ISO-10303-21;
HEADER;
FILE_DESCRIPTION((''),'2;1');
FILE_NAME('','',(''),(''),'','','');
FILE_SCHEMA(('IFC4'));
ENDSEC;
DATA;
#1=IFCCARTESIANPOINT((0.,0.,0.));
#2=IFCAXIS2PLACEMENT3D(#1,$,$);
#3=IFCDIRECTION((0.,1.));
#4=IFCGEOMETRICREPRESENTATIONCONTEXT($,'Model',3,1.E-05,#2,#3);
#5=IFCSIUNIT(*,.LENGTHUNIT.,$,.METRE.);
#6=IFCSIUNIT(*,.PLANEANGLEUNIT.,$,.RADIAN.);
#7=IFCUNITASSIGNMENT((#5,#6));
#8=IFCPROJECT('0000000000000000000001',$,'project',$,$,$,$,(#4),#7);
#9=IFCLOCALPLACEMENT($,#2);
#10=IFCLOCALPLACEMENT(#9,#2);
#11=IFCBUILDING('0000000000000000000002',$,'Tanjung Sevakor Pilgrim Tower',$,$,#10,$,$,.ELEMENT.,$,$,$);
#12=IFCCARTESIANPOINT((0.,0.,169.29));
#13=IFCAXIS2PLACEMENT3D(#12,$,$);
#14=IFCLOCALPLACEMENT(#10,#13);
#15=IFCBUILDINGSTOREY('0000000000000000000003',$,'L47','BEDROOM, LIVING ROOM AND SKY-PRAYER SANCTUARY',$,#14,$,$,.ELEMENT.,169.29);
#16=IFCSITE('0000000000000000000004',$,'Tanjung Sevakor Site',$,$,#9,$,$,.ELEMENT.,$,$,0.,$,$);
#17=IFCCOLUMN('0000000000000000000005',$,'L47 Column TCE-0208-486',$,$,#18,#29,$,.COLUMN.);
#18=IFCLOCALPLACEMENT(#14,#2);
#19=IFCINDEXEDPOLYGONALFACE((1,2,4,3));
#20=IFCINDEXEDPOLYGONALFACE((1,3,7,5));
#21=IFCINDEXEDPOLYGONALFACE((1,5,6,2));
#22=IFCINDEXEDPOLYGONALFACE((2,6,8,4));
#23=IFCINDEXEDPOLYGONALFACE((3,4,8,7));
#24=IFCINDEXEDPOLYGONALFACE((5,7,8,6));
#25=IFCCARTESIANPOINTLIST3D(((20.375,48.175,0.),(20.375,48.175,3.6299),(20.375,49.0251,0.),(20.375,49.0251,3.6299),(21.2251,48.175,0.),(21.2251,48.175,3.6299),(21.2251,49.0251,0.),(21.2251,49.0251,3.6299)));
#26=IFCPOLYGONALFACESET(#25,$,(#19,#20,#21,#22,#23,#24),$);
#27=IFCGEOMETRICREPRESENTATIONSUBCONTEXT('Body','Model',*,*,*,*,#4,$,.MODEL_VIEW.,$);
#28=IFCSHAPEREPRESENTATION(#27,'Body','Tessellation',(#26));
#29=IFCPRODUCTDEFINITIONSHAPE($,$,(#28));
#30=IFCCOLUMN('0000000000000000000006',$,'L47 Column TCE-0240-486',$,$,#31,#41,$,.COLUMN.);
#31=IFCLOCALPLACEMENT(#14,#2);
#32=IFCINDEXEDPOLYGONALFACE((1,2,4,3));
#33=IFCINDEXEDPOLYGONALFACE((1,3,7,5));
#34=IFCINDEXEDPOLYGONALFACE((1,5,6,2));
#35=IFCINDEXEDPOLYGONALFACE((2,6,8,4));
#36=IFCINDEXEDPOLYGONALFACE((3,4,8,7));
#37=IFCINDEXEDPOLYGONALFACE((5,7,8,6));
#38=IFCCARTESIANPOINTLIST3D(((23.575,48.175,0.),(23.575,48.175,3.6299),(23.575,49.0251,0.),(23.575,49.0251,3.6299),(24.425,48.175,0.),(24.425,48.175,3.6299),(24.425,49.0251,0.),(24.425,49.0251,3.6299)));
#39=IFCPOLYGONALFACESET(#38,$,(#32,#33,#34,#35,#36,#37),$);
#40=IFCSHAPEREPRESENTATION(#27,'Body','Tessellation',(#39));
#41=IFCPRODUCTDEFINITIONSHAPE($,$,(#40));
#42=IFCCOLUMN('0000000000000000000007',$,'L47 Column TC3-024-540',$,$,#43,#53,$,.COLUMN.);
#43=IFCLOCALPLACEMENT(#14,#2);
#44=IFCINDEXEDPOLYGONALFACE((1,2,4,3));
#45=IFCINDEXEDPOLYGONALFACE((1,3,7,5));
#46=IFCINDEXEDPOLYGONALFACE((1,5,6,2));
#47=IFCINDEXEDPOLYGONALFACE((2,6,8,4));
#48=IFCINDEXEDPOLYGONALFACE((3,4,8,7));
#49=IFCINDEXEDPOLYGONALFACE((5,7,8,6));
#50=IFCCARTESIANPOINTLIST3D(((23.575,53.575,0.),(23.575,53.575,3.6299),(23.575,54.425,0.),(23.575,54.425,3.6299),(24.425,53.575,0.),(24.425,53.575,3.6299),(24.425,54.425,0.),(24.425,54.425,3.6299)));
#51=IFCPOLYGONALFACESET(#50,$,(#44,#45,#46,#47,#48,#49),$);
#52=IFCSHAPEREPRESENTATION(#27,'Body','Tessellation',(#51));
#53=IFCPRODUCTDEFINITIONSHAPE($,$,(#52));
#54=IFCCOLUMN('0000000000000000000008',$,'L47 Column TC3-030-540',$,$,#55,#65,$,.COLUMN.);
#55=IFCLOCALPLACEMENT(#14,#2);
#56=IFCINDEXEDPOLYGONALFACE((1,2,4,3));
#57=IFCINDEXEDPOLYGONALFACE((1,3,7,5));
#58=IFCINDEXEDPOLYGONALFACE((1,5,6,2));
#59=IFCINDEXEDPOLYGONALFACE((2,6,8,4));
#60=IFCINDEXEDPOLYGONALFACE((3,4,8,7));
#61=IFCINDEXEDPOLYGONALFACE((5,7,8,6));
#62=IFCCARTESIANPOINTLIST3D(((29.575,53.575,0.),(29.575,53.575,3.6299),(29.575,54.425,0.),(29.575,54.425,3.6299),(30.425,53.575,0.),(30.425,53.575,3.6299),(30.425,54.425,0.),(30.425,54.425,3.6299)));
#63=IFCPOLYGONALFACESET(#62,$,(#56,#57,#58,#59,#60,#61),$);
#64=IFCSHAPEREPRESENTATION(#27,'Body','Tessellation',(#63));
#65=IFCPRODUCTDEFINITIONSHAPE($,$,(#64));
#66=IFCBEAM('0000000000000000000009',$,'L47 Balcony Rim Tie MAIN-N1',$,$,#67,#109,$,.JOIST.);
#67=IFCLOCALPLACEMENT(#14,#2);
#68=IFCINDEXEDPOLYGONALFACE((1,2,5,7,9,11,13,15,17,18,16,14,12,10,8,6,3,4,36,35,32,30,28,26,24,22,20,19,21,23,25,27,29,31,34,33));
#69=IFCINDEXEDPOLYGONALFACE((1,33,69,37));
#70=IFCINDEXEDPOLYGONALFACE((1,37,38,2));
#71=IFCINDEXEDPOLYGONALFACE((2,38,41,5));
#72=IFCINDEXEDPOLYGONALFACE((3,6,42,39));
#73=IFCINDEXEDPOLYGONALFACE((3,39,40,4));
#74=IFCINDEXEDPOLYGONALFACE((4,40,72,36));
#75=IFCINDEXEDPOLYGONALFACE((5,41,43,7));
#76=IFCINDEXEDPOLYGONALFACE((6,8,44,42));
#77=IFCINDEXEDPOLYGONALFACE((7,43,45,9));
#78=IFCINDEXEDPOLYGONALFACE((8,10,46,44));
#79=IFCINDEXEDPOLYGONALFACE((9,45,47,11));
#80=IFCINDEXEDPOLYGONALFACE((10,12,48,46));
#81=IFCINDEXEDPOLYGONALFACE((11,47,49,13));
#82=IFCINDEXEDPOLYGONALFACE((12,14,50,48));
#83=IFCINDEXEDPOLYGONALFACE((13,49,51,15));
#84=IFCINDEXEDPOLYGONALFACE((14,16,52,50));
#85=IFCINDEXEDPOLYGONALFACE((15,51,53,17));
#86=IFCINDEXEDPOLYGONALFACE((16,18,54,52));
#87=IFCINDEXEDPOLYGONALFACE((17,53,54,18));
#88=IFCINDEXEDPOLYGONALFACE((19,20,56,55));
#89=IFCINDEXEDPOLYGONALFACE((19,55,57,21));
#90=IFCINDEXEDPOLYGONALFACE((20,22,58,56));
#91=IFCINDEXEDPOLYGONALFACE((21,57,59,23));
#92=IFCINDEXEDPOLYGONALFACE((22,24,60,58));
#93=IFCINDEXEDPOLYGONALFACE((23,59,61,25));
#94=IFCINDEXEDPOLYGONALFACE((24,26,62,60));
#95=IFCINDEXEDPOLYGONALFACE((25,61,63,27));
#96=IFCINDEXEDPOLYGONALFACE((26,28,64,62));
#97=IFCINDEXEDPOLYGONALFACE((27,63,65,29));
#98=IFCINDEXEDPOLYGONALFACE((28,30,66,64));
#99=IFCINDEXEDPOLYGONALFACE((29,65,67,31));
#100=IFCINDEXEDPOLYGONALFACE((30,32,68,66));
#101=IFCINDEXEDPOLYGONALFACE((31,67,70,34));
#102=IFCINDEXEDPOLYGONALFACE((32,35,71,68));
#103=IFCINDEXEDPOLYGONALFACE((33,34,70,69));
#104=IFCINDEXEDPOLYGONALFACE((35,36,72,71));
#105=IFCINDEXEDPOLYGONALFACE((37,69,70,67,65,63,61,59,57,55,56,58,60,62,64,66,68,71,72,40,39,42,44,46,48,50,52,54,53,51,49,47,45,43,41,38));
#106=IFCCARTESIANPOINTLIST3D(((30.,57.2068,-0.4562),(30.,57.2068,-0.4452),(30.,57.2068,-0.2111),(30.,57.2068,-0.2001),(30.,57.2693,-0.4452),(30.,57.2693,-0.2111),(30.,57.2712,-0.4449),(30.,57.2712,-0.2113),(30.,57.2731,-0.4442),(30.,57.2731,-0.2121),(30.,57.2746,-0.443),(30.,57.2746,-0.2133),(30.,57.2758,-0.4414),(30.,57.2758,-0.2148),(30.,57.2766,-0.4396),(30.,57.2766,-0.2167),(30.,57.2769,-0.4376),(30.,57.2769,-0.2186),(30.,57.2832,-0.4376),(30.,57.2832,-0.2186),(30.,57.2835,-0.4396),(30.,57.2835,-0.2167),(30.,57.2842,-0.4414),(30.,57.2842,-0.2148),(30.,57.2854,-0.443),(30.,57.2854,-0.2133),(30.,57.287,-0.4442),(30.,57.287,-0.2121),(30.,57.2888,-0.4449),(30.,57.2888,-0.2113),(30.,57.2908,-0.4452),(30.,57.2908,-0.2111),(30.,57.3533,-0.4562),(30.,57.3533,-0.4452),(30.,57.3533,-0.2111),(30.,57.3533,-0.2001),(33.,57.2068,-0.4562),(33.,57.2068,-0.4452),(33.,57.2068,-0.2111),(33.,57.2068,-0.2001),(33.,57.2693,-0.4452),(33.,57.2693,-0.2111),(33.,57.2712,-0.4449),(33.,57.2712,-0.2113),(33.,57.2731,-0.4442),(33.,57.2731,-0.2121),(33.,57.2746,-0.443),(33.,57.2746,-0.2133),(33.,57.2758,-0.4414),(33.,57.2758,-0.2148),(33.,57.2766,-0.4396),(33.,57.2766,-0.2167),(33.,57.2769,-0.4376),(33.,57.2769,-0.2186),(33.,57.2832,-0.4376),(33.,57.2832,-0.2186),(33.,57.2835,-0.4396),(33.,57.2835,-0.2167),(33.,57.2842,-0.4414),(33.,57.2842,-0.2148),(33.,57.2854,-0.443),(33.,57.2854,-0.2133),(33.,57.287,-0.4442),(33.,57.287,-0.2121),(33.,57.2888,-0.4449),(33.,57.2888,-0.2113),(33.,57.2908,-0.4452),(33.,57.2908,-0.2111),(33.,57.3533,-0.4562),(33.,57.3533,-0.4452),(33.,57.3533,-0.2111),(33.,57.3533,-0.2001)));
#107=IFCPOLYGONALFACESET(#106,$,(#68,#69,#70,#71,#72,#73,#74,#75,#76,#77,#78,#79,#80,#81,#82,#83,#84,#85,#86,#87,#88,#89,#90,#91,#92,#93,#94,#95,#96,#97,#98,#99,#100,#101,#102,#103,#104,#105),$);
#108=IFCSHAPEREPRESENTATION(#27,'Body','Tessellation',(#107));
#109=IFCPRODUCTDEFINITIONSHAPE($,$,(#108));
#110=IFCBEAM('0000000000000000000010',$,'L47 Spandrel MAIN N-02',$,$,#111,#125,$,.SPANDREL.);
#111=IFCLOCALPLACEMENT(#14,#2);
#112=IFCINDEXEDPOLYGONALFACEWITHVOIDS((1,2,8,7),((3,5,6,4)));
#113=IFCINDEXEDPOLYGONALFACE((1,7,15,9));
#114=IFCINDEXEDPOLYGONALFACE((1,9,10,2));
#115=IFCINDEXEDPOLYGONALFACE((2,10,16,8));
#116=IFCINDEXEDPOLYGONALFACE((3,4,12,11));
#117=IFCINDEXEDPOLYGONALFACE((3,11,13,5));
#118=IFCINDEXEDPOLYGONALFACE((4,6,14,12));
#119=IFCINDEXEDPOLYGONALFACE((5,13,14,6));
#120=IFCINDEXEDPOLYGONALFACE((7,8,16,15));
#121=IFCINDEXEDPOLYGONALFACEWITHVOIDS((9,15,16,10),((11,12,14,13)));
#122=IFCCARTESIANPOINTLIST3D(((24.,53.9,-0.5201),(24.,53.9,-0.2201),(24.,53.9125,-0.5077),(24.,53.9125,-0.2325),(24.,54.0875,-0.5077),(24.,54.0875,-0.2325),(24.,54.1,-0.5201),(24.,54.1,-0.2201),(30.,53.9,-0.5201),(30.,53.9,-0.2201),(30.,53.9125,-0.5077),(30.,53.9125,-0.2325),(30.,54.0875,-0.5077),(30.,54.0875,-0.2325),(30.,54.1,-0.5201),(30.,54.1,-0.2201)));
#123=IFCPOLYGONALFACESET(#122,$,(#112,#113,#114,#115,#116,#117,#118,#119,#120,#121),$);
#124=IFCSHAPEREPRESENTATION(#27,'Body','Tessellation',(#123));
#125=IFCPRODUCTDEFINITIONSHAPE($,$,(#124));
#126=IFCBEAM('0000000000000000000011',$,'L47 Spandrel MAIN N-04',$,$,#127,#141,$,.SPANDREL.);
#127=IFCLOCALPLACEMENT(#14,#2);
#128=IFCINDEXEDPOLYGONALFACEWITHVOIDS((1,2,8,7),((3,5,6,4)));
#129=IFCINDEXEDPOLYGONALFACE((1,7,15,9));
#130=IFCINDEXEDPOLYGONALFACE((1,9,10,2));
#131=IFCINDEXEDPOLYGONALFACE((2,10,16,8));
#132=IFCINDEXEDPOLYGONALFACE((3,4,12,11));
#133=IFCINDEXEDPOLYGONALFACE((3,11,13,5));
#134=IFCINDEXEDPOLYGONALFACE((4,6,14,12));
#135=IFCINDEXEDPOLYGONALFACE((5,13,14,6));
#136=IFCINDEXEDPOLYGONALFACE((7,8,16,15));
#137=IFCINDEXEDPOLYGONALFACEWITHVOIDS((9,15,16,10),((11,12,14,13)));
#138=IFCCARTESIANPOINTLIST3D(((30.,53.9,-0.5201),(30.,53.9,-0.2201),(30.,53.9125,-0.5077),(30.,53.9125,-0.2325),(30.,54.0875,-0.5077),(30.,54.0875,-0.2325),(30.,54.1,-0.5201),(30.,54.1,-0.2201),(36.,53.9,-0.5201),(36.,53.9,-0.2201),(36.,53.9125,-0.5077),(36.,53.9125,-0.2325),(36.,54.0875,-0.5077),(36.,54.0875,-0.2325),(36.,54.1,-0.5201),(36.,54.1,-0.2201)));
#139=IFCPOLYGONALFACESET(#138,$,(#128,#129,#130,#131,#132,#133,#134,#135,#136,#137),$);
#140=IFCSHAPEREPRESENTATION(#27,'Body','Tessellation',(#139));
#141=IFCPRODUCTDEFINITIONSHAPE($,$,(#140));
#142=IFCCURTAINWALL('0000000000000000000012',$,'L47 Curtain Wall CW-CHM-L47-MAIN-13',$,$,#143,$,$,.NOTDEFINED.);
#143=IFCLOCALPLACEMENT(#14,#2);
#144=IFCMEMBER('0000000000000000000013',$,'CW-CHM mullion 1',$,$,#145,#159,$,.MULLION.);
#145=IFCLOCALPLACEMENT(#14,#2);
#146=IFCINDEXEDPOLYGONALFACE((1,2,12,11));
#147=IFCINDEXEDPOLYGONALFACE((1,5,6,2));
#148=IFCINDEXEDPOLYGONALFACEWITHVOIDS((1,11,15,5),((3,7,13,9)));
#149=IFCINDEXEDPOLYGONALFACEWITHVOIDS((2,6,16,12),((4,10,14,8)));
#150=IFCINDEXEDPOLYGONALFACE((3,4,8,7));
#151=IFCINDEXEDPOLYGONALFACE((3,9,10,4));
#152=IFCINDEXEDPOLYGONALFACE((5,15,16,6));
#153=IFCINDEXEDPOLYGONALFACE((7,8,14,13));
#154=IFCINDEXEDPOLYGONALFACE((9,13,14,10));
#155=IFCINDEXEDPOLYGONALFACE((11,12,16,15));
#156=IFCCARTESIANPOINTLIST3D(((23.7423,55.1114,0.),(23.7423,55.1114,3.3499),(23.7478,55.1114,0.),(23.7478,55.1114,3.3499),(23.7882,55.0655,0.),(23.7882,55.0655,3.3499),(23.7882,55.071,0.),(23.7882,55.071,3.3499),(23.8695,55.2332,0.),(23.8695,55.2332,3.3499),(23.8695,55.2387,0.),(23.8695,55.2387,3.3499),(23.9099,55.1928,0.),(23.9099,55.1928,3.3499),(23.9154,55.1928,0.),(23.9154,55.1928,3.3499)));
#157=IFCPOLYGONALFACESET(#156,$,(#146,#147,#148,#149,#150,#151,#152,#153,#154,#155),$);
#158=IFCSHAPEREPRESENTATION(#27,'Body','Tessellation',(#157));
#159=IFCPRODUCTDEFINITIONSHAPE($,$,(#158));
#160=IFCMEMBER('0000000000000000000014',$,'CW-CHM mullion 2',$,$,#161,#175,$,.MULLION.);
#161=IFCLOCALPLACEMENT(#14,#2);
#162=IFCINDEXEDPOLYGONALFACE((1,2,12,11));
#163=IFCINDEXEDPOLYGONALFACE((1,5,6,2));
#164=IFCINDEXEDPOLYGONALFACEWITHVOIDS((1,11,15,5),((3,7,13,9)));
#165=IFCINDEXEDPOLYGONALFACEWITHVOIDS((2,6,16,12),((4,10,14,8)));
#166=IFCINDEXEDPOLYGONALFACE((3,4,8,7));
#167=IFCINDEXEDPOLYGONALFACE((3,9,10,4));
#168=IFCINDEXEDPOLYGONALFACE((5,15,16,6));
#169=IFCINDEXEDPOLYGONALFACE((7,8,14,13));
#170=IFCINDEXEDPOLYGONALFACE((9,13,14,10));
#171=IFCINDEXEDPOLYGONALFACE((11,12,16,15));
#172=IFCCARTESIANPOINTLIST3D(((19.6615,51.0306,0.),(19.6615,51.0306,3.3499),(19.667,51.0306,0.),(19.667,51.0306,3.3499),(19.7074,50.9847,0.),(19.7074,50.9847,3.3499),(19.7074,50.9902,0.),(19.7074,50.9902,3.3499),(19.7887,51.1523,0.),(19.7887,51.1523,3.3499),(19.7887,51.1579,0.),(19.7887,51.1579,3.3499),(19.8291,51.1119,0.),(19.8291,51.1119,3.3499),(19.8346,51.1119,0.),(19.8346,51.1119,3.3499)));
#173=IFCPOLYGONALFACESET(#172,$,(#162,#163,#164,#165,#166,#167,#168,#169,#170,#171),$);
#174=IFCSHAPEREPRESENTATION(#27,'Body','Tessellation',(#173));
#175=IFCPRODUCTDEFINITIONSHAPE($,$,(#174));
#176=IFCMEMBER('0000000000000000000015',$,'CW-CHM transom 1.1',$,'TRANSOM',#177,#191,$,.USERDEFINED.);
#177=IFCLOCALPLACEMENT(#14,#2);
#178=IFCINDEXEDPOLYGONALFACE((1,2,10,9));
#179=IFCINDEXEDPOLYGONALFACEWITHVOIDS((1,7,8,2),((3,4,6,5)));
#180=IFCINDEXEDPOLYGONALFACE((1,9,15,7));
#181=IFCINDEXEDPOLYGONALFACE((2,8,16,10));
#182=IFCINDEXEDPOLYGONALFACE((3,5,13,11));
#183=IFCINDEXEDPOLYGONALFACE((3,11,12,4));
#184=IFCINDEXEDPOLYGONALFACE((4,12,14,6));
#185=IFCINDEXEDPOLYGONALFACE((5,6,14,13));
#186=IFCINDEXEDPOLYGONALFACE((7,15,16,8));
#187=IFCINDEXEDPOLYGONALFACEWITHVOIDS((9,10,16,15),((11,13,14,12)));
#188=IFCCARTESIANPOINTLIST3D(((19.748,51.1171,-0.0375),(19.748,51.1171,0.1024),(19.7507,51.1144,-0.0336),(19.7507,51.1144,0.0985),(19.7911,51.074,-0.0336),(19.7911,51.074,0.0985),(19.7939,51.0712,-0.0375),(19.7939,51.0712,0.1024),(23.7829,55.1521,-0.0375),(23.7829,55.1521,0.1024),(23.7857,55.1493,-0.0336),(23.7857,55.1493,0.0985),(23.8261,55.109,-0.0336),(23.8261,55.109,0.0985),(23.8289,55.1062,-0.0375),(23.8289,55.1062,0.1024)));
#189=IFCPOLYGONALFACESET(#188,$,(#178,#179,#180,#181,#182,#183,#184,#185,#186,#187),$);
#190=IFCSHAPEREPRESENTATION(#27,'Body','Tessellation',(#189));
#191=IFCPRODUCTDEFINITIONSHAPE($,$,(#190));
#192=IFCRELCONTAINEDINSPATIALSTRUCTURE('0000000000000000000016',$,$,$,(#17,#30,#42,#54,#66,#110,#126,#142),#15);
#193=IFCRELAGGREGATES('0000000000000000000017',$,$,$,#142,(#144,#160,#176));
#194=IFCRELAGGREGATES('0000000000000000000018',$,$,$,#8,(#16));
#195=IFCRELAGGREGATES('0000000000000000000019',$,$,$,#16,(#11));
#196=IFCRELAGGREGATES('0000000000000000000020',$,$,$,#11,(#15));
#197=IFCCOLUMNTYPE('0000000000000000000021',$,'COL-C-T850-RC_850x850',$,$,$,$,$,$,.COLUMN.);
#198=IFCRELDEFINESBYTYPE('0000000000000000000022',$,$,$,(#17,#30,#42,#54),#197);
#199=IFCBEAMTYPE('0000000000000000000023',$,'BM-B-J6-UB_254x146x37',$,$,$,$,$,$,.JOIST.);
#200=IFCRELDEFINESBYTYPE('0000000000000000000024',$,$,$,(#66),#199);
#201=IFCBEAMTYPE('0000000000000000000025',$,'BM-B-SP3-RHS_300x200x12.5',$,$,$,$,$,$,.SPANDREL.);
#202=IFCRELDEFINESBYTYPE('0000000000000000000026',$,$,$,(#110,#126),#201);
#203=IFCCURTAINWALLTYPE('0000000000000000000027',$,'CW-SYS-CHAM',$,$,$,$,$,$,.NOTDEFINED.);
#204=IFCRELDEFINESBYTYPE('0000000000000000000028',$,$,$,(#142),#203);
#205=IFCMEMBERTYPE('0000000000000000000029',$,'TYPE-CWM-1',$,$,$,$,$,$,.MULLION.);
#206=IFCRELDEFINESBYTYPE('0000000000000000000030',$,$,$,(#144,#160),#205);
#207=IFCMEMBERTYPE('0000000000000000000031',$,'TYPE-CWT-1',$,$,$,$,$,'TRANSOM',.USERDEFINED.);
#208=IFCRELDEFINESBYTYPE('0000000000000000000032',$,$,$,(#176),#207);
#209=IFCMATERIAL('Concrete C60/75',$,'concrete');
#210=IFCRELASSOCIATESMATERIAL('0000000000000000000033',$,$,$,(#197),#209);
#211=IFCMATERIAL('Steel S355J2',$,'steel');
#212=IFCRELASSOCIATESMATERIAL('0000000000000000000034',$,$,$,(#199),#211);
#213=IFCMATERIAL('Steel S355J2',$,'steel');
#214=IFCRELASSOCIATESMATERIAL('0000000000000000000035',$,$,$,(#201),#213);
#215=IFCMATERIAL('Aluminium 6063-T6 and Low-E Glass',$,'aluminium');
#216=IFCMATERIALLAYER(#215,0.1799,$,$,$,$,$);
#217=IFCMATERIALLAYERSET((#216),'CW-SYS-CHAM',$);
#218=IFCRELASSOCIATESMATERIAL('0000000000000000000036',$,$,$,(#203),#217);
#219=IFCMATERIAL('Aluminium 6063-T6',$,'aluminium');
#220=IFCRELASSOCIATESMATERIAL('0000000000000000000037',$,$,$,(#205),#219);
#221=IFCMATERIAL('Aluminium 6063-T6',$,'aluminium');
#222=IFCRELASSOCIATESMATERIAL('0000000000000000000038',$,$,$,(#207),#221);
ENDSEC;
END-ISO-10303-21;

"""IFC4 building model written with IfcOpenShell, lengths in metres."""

from ifc_helpers import new_model, si_unit, direction, frame, origin, origin_2d, place, context, subcontext, project, spatial, rectangle, hollow_rectangle, i_section, extrude, material, layer, layer_set, material_profile, profile_set, type_object, element, aggregate, save


model = new_model("IFC4")

# Units and contexts
model_context = context("Model", 3, precision=1e-05, world=origin(), true_north=direction((0.0, 1.0)))
body_context = subcontext(model_context, "Body", "Model", "MODEL_VIEW")
ifc_project = project(units=[si_unit("LENGTHUNIT", "METRE"), si_unit("PLANEANGLEUNIT", "RADIAN")], contexts=[model_context])

# Site, building, storey
site_placement = place(None, origin())
site = spatial("IfcSite", under=ifc_project, at=site_placement, Name="Tanjung Sevakor Site", CompositionType="ELEMENT", RefElevation=0.0)
building_placement = place(site_placement, origin())
building = spatial("IfcBuilding", under=site, at=building_placement, Name="Tanjung Sevakor Pilgrim Tower", CompositionType="ELEMENT")
storey_placement = place(building_placement, frame((0.0, 0.0, 169.29)))
storey = spatial("IfcBuildingStorey", under=building, at=storey_placement, Name="L47", Description="BEDROOM, LIVING ROOM AND SKY-PRAYER SANCTUARY", CompositionType="ELEMENT", Elevation=169.29)

# Columns
ifc_material_1 = material(Name="Concrete C60/75", Category="concrete")
ifc_material_profile_1 = material_profile(ifc_material_1, rectangle(XDim=0.8501, YDim=0.8501, at=origin_2d()))
ifc_profile_set_1 = profile_set([ifc_material_profile_1], Name="Concrete C60/75")
column_type = type_object("IfcColumnType", Name="COL-C-T850-RC_850x850", PredefinedType="COLUMN", material=ifc_profile_set_1)
for number, where, z_axis, x_axis, name in (
    (1, (20.8, 48.6001, 0.0), (0.0, 0.0, 1.0), (1.0, 0.0, 0.0), "L47 Column TCE-0208-486"),
    (2, (24.0, 48.6001, 0.0), (0.0, 0.0, 1.0), (1.0, 0.0, 0.0), "L47 Column TCE-0240-486"),
    (3, (24.0, 54.0, 0.0), (0.0, 0.0, 1.0), (1.0, 0.0, 0.0), "L47 Column TC3-024-540"),
    (4, (30.0, 54.0, 0.0), (0.0, 0.0, 1.0), (1.0, 0.0, 0.0), "L47 Column TC3-030-540"),
):
    element("IfcColumn", number, at=place(storey_placement, frame(where, z_axis=z_axis, x_axis=x_axis)), inside=storey, type_object=column_type, Name=name, PredefinedType="COLUMN", context=body_context, shape_type="SweptSolid", body=[
        extrude(rectangle(XDim=0.8501, YDim=0.8501, at=origin_2d()), origin(), (0.0, 0.0, 1.0), 3.6299),
    ])

# Beams
ifc_material_2 = material(Name="Steel S355J2", Category="steel")
ifc_material_profile_2 = material_profile(ifc_material_2, i_section(OverallWidth=0.1465, OverallDepth=0.2561, WebThickness=0.0063, FlangeThickness=0.011, FilletRadius=0.0076, at=origin_2d()))
ifc_profile_set_2 = profile_set([ifc_material_profile_2], Name="Steel S355J2")
beam_type_1 = type_object("IfcBeamType", Name="BM-B-J6-UB_254x146x37", PredefinedType="JOIST", material=ifc_profile_set_2)
beam_placement = place(storey_placement, frame((30.0, 57.28, -0.3281), z_axis=(1.0, 0.0, 0.0), x_axis=(0.0, 1.0, 0.0)))
element("IfcBeam", 5, at=beam_placement, inside=storey, type_object=beam_type_1, Name="L47 Balcony Rim Tie MAIN-N1", PredefinedType="JOIST", context=body_context, shape_type="SweptSolid", body=[
    extrude(i_section(OverallWidth=0.1465, OverallDepth=0.2561, WebThickness=0.0063, FlangeThickness=0.011, FilletRadius=0.0076, at=origin_2d()), origin(), (0.0, 0.0, 1.0), 3.0),
])
ifc_material_3 = material(Name="Steel S355J2", Category="steel")
ifc_material_profile_3 = material_profile(ifc_material_3, hollow_rectangle(XDim=0.2, YDim=0.3, WallThickness=0.0125, at=origin_2d()))
ifc_profile_set_3 = profile_set([ifc_material_profile_3], Name="Steel S355J2")
beam_type_2 = type_object("IfcBeamType", Name="BM-B-SP3-RHS_300x200x12.5", PredefinedType="SPANDREL", material=ifc_profile_set_3)
for number, where, z_axis, x_axis, name in (
    (6, (24.0, 54.0, -0.3701), (1.0, 0.0, 0.0), (0.0, 1.0, 0.0), "L47 Spandrel MAIN N-02"),
    (7, (30.0, 54.0, -0.3701), (1.0, 0.0, 0.0), (0.0, 1.0, 0.0), "L47 Spandrel MAIN N-04"),
):
    element("IfcBeam", number, at=place(storey_placement, frame(where, z_axis=z_axis, x_axis=x_axis)), inside=storey, type_object=beam_type_2, Name=name, PredefinedType="SPANDREL", context=body_context, shape_type="SweptSolid", body=[
        extrude(hollow_rectangle(XDim=0.2, YDim=0.3, WallThickness=0.0125, at=origin_2d()), origin(), (0.0, 0.0, 1.0), 6.0),
    ])

# Curtain wall, members
ifc_material_4 = material(Name="Aluminium 6063-T6 and Low-E Glass", Category="aluminium")
ifc_layer_1 = layer(ifc_material_4, 0.1799)
ifc_layer_set_1 = layer_set([ifc_layer_1], Name="CW-SYS-CHAM")
curtain_wall_type = type_object("IfcCurtainWallType", Name="CW-SYS-CHAM", PredefinedType="NOTDEFINED", material=ifc_layer_set_1)
curtain_wall_placement = place(storey_placement, origin())
curtain_wall = element("IfcCurtainWall", 8, at=curtain_wall_placement, inside=storey, type_object=curtain_wall_type, Name="L47 Curtain Wall CW-CHM-L47-MAIN-13", PredefinedType="NOTDEFINED")
ifc_material_5 = material(Name="Aluminium 6063-T6", Category="aluminium")
ifc_material_profile_4 = material_profile(ifc_material_5, hollow_rectangle(XDim=0.0649, YDim=0.1799, WallThickness=0.0039, at=origin_2d()))
ifc_profile_set_4 = profile_set([ifc_material_profile_4], Name="Aluminium 6063-T6")
member_type_1 = type_object("IfcMemberType", Name="TYPE-CWM-1", PredefinedType="MULLION", material=ifc_profile_set_4)
member_1_placement = place(storey_placement, frame((23.8289, 55.1521, 0.0), z_axis=(0.0, 0.0, 1.0), x_axis=(0.707107, -0.707107, 0.0)))
member_1 = element("IfcMember", 9, at=member_1_placement, type_object=member_type_1, Name="CW-CHM mullion 1", PredefinedType="MULLION", context=body_context, shape_type="SweptSolid", body=[
    extrude(hollow_rectangle(XDim=0.0649, YDim=0.1799, WallThickness=0.0039, at=origin_2d()), origin(), (0.0, 0.0, 1.0), 3.3499),
])
member_2_placement = place(storey_placement, frame((19.748, 51.0713, 0.0), z_axis=(0.0, 0.0, 1.0), x_axis=(0.707107, -0.707107, 0.0)))
member_2 = element("IfcMember", 10, at=member_2_placement, type_object=member_type_1, Name="CW-CHM mullion 2", PredefinedType="MULLION", context=body_context, shape_type="SweptSolid", body=[
    extrude(hollow_rectangle(XDim=0.0649, YDim=0.1799, WallThickness=0.0039, at=origin_2d()), origin(), (0.0, 0.0, 1.0), 3.3499),
])
ifc_material_6 = material(Name="Aluminium 6063-T6", Category="aluminium")
ifc_material_profile_5 = material_profile(ifc_material_6, hollow_rectangle(XDim=0.0649, YDim=0.1399, WallThickness=0.0039, at=origin_2d()))
ifc_profile_set_5 = profile_set([ifc_material_profile_5], Name="Aluminium 6063-T6")
member_type_2 = type_object("IfcMemberType", Name="TYPE-CWT-1", ElementType="TRANSOM", PredefinedType="USERDEFINED", material=ifc_profile_set_5)
member_3_placement = place(storey_placement, frame((23.8059, 55.1292, 0.0325), z_axis=(-0.707107, -0.707107, 0.0), x_axis=(0.707107, -0.707107, 0.0)))
member_3 = element("IfcMember", 11, at=member_3_placement, type_object=member_type_2, Name="CW-CHM transom 1.1", ObjectType="TRANSOM", PredefinedType="USERDEFINED", context=body_context, shape_type="SweptSolid", body=[
    extrude(hollow_rectangle(XDim=0.0649, YDim=0.1399, WallThickness=0.0039, at=origin_2d()), origin(), (0.0, 0.0, 1.0), 5.7063),
])
aggregate(curtain_wall, [member_1, member_2, member_3])

save(model, "model.ifc")
